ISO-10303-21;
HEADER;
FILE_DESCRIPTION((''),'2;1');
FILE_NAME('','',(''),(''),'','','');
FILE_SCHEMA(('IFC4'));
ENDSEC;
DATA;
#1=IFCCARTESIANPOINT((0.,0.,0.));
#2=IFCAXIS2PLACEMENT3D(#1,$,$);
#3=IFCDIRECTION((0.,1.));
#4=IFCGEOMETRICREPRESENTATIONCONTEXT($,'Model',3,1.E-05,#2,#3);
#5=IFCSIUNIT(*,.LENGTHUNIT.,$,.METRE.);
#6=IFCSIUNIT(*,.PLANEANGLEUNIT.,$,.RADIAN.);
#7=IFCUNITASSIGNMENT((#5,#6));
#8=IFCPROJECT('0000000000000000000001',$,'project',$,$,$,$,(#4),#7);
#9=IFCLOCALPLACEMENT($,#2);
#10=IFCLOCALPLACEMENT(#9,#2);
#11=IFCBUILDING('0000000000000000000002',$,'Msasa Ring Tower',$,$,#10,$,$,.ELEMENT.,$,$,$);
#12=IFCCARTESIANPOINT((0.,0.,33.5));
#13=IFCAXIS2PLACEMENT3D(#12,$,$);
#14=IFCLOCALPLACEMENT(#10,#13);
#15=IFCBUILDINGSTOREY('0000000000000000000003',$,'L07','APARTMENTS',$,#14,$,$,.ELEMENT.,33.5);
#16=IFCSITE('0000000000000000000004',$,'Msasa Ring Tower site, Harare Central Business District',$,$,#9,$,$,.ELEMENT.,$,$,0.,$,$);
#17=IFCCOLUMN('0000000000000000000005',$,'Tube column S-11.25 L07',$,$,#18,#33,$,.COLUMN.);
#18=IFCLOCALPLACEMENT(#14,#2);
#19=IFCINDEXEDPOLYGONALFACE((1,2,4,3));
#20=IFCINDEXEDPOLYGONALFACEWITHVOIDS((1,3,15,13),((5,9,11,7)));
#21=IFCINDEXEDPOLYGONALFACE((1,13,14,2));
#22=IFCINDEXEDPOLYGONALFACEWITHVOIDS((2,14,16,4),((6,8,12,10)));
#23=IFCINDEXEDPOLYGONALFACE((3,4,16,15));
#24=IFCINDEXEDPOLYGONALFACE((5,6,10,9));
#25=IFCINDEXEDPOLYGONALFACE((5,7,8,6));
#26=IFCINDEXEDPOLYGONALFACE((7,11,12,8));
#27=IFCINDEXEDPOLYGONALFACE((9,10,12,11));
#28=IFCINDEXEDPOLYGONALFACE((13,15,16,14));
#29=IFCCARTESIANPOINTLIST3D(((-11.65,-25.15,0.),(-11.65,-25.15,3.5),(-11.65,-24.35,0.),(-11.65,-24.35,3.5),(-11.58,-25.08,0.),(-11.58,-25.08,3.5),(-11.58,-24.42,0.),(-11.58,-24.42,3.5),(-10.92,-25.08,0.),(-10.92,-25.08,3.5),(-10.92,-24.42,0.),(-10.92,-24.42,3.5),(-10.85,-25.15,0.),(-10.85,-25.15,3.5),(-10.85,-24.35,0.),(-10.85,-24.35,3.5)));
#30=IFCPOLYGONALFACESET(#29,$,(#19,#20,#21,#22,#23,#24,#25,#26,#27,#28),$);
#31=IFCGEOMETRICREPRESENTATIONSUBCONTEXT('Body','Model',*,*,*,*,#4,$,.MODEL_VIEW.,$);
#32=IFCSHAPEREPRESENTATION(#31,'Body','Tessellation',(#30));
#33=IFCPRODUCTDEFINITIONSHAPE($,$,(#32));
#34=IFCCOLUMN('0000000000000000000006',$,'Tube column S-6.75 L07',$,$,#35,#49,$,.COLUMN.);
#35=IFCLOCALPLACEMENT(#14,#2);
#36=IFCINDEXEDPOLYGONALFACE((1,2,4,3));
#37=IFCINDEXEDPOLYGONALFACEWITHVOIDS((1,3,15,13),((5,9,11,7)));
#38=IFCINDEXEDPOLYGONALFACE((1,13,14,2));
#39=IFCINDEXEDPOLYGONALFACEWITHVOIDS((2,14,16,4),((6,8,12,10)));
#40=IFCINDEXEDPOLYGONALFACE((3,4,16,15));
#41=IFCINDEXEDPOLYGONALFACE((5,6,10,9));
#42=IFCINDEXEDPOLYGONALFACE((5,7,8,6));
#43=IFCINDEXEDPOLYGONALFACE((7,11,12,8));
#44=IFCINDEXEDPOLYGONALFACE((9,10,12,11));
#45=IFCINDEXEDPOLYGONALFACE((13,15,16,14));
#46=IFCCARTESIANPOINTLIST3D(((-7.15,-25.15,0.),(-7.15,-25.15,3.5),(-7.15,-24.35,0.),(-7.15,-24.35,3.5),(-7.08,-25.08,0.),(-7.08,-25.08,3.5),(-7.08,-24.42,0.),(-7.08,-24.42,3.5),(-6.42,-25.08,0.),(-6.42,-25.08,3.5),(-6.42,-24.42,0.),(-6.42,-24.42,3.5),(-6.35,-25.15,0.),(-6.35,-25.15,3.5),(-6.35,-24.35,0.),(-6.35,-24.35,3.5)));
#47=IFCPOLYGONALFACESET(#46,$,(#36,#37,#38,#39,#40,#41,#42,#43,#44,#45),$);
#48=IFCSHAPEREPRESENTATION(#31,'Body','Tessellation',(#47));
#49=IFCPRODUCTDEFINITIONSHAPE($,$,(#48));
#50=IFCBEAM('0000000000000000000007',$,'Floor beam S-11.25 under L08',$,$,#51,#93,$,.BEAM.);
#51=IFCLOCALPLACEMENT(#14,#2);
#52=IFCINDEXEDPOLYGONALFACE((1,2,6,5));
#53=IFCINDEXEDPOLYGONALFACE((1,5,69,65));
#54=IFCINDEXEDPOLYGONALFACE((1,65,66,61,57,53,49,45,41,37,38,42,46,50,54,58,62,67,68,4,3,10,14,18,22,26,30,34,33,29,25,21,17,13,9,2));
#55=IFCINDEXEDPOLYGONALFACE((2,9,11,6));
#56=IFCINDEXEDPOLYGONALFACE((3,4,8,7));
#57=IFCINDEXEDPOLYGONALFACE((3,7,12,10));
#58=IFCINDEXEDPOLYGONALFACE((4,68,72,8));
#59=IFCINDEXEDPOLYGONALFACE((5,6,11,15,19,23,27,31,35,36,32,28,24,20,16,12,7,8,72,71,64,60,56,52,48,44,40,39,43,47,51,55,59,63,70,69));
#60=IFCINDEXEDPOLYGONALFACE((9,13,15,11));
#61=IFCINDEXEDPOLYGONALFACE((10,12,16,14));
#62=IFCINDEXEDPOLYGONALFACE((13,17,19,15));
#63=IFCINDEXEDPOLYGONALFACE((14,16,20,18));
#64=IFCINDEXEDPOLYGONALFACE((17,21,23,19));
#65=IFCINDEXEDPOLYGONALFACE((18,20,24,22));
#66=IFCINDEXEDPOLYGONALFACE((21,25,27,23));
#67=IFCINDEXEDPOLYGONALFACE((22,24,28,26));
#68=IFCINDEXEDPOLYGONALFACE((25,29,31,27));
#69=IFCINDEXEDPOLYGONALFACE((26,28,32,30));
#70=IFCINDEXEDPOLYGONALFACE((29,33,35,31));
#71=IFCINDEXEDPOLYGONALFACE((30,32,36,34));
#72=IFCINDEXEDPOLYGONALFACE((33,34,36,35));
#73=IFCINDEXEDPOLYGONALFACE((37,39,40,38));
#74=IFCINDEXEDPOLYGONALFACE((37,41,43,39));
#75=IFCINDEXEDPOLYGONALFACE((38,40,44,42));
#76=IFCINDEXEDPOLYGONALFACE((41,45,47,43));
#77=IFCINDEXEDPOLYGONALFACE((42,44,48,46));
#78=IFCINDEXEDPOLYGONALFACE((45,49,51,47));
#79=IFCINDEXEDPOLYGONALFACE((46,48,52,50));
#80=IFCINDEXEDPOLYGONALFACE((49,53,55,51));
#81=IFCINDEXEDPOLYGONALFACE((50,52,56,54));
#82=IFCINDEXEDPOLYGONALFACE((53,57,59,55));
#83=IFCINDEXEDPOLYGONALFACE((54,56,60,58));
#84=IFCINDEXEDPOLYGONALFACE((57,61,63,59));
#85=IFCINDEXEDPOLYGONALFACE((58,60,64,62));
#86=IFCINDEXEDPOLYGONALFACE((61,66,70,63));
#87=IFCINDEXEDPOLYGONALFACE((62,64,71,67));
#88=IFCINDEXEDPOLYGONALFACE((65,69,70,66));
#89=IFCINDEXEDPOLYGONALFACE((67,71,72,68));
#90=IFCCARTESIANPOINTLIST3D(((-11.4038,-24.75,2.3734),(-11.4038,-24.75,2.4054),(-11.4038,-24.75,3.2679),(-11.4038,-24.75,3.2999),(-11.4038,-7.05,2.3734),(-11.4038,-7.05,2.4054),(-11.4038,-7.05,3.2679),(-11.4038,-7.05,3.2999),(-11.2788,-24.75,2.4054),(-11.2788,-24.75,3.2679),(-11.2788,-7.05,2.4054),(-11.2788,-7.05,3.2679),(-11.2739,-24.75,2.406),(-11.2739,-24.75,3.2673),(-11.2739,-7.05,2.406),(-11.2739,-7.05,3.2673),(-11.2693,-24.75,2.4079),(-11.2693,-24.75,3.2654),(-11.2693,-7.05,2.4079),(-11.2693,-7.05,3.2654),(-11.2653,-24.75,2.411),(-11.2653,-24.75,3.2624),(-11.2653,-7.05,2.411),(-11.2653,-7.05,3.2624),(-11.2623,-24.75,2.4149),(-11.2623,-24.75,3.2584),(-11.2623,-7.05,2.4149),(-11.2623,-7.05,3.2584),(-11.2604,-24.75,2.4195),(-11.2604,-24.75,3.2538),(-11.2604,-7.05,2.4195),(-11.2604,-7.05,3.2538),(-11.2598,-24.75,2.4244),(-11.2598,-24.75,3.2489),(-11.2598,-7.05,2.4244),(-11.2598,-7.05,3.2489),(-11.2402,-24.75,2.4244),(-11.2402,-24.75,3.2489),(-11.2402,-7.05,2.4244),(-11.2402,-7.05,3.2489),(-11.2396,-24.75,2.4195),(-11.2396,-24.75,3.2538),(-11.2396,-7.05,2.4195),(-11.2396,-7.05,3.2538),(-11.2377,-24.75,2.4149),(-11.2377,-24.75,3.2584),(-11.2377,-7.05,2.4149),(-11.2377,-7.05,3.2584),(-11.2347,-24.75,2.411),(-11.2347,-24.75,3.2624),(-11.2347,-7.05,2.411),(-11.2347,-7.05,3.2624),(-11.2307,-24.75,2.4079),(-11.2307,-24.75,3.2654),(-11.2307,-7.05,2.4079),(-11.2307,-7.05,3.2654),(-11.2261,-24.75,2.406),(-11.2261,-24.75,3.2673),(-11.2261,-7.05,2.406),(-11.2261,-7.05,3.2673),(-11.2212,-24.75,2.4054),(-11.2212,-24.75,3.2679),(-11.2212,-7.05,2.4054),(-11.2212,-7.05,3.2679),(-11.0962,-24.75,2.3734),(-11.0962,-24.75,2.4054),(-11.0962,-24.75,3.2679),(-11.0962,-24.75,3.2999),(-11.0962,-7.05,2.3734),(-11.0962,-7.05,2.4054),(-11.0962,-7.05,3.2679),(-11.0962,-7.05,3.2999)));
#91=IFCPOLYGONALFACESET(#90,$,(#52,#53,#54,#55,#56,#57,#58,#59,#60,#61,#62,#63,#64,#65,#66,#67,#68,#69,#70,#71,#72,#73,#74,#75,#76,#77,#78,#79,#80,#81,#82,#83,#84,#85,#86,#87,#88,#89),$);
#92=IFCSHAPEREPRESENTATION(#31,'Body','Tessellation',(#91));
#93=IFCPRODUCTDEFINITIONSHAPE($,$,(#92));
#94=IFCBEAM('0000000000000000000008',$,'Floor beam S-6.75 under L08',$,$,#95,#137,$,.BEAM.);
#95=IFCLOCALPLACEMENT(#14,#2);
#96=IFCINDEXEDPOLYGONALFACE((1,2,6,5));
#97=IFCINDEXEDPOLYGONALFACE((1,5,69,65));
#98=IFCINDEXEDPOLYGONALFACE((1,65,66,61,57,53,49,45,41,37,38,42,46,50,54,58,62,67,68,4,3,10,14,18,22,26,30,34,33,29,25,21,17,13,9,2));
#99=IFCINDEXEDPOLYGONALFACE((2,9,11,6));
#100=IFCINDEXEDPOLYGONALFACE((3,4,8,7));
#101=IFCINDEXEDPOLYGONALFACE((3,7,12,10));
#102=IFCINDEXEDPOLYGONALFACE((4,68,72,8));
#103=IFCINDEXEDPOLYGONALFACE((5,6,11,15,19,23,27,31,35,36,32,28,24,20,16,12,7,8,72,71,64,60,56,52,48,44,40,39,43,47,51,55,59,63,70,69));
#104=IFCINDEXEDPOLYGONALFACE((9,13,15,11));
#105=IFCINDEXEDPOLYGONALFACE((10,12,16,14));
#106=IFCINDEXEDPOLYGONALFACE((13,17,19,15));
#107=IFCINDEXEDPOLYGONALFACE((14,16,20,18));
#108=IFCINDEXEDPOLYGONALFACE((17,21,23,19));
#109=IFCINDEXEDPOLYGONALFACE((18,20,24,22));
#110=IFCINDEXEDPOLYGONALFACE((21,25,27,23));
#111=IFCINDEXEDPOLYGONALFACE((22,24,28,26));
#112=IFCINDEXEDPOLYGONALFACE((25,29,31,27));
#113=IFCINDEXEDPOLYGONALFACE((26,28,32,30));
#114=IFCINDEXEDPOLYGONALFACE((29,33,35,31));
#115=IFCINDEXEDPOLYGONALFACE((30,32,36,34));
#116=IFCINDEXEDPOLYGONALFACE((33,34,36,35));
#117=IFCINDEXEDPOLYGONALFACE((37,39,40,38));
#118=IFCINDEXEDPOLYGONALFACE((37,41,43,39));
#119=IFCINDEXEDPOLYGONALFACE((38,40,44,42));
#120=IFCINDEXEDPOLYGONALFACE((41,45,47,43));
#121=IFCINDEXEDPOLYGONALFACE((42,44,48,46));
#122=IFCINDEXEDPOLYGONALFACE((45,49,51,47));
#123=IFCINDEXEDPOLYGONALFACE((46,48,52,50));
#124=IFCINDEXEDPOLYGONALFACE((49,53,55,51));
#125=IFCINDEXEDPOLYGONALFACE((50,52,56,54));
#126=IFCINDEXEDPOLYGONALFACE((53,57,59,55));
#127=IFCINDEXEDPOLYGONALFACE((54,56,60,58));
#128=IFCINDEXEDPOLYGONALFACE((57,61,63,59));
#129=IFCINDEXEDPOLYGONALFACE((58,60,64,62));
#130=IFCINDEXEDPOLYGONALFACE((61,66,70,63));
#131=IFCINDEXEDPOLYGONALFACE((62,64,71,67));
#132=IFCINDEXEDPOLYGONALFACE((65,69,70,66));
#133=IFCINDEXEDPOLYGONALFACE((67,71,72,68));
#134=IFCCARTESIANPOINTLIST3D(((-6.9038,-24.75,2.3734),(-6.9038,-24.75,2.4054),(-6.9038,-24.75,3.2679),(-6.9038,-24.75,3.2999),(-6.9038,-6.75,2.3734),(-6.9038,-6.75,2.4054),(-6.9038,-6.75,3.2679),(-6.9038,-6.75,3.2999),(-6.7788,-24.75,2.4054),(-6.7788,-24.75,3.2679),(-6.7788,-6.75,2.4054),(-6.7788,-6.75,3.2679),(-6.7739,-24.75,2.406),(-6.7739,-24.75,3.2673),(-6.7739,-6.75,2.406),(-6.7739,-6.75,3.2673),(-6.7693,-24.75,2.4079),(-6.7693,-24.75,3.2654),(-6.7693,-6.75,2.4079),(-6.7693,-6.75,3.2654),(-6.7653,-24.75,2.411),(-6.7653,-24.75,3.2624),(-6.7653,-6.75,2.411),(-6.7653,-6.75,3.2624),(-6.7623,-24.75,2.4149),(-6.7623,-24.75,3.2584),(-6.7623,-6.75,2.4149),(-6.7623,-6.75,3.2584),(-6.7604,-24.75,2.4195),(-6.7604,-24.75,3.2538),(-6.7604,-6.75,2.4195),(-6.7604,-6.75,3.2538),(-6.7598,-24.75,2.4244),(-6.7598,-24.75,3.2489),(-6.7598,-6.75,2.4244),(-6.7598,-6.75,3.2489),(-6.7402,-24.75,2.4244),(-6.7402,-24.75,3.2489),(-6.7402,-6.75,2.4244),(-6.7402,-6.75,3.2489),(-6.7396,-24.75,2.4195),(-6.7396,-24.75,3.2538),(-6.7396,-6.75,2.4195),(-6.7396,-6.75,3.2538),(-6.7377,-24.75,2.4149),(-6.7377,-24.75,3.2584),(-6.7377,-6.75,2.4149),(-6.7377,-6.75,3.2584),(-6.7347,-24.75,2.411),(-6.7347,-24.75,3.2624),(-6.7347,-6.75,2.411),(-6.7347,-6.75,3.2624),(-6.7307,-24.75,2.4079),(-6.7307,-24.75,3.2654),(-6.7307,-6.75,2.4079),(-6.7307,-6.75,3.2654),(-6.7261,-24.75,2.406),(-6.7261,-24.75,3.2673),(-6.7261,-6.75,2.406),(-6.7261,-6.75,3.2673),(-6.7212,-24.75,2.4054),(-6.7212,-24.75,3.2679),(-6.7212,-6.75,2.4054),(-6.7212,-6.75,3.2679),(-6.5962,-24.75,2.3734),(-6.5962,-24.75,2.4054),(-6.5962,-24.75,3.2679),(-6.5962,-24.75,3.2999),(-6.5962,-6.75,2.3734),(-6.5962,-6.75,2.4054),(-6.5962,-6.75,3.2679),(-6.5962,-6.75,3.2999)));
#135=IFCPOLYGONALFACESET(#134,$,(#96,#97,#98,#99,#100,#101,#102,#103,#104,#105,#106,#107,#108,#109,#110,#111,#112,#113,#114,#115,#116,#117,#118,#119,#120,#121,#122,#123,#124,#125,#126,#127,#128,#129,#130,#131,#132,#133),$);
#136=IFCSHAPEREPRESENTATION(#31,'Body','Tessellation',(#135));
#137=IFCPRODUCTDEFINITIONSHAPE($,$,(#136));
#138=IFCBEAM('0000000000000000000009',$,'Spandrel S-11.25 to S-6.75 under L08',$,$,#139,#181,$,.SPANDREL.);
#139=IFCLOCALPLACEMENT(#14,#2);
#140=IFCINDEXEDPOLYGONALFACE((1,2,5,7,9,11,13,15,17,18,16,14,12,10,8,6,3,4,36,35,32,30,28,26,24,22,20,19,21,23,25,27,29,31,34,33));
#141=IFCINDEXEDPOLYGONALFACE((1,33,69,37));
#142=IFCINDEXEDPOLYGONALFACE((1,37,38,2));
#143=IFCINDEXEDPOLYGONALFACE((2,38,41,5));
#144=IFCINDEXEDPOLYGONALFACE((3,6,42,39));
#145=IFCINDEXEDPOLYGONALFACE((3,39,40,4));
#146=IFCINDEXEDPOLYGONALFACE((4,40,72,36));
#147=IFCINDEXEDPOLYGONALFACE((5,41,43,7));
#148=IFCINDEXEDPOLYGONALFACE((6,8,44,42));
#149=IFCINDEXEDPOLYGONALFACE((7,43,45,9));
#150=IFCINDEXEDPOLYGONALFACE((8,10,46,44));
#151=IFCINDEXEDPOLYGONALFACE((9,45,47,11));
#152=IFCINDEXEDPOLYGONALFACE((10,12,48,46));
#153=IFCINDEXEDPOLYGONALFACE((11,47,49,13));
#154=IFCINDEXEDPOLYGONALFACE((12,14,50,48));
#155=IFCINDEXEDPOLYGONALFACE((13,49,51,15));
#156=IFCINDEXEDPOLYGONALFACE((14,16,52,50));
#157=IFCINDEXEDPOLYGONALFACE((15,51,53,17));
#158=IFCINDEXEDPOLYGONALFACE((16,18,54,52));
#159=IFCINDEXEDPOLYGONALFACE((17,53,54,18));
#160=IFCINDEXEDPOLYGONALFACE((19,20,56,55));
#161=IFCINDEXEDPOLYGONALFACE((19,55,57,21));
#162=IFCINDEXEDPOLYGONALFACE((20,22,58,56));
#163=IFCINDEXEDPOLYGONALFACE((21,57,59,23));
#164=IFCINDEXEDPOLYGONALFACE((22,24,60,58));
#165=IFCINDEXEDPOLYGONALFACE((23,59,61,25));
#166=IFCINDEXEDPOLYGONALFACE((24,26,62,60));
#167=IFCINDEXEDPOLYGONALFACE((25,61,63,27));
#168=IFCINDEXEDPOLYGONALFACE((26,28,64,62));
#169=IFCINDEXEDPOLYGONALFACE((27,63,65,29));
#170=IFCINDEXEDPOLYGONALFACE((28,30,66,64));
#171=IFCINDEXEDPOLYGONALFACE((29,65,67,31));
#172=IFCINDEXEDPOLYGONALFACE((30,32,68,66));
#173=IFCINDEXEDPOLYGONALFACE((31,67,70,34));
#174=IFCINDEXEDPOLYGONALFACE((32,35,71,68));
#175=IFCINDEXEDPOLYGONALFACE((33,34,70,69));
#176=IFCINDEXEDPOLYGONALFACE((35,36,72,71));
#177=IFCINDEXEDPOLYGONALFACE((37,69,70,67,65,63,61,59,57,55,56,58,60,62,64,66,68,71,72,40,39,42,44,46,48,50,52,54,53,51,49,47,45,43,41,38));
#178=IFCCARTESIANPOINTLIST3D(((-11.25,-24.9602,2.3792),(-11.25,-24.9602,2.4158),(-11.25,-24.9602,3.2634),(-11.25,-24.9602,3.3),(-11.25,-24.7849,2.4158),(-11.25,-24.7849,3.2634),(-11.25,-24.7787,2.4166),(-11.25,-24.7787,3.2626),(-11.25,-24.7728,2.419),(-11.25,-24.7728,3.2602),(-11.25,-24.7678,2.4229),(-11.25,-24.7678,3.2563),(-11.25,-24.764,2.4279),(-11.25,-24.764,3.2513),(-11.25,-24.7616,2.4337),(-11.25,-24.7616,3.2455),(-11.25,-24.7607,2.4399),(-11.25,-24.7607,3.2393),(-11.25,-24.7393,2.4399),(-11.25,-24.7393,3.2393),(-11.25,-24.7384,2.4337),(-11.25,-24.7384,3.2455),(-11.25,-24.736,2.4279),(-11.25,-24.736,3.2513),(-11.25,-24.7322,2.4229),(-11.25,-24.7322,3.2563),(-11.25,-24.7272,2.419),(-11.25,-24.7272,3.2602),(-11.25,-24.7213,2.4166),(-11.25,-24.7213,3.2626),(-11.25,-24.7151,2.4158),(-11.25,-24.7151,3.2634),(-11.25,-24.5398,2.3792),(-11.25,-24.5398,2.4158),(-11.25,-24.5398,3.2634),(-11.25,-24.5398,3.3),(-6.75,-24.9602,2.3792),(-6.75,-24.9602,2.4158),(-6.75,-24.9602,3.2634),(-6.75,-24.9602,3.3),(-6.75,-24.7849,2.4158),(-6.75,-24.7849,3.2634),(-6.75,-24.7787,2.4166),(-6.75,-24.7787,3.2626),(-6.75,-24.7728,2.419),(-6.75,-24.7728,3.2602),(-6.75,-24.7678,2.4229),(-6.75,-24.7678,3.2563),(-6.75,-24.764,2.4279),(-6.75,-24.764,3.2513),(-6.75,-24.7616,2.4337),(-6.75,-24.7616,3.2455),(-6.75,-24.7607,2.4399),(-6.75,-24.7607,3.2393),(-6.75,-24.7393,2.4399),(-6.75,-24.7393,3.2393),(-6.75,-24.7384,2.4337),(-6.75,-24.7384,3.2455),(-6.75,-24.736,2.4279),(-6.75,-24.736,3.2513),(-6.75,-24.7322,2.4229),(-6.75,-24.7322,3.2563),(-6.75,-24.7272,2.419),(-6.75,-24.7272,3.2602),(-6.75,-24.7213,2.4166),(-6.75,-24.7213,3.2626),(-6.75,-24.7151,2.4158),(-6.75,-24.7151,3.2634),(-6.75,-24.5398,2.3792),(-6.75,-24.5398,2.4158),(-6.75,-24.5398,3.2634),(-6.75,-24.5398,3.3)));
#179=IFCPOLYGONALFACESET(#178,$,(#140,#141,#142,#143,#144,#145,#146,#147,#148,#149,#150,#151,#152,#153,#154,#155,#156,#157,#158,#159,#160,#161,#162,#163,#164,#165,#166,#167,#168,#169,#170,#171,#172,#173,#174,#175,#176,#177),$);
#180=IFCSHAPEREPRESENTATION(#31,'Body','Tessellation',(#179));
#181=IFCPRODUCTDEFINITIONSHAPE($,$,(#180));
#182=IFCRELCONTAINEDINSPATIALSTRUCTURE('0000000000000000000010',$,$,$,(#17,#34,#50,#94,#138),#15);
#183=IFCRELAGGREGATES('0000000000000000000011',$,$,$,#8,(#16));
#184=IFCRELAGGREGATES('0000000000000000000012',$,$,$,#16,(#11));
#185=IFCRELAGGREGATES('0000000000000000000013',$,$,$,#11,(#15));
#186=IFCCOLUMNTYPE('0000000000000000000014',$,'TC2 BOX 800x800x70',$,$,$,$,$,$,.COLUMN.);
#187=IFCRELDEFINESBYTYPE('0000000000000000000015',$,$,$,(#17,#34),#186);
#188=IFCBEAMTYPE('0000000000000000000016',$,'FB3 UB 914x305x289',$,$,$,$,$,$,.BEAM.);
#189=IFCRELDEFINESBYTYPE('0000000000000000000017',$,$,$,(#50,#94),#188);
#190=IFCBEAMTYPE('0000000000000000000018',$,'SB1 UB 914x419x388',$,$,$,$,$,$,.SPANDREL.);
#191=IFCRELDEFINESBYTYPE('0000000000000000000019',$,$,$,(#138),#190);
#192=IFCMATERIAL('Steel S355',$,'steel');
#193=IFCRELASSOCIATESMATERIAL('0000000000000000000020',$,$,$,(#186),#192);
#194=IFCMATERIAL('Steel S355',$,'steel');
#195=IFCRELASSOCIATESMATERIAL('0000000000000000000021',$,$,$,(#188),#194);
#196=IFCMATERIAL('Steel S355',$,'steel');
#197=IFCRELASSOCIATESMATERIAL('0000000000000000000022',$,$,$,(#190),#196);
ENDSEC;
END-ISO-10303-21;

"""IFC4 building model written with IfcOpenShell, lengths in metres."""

from ifc_helpers import new_model, si_unit, direction, frame, origin, origin_2d, place, context, subcontext, project, spatial, hollow_rectangle, i_section, extrude, material, material_profile, profile_set, type_object, element, save


model = new_model("IFC4")

# Units and contexts
model_context = context("Model", 3, precision=1e-05, world=origin(), true_north=direction((0.0, 1.0)))
body_context = subcontext(model_context, "Body", "Model", "MODEL_VIEW")
ifc_project = project(units=[si_unit("LENGTHUNIT", "METRE"), si_unit("PLANEANGLEUNIT", "RADIAN")], contexts=[model_context])

# Site, building, storey
site_placement = place(None, origin())
site = spatial("IfcSite", under=ifc_project, at=site_placement, Name="Msasa Ring Tower site, Harare Central Business District", CompositionType="ELEMENT", RefElevation=0.0)
building_placement = place(site_placement, origin())
building = spatial("IfcBuilding", under=site, at=building_placement, Name="Msasa Ring Tower", CompositionType="ELEMENT")
storey_placement = place(building_placement, frame((0.0, 0.0, 33.5)))
storey = spatial("IfcBuildingStorey", under=building, at=storey_placement, Name="L07", Description="APARTMENTS", CompositionType="ELEMENT", Elevation=33.5)

# Columns
ifc_material_1 = material(Name="Steel S355", Category="steel")
ifc_material_profile_1 = material_profile(ifc_material_1, hollow_rectangle(XDim=0.8, YDim=0.8, WallThickness=0.0701, at=origin_2d()), Name="BOX 800x800x70")
ifc_profile_set_1 = profile_set([ifc_material_profile_1], Name="Steel S355")
column_type = type_object("IfcColumnType", Name="TC2 BOX 800x800x70", PredefinedType="COLUMN", material=ifc_profile_set_1)
for number, where, z_axis, x_axis, name in (
    (1, (-11.25, -24.75, 0.0), (0.0, 0.0, 1.0), (0.0, 1.0, 0.0), "Tube column S-11.25 L07"),
    (2, (-6.75, -24.75, 0.0), (0.0, 0.0, 1.0), (0.0, 1.0, 0.0), "Tube column S-6.75 L07"),
):
    element("IfcColumn", number, at=place(storey_placement, frame(where, z_axis=z_axis, x_axis=x_axis)), inside=storey, type_object=column_type, Name=name, PredefinedType="COLUMN", context=body_context, shape_type="SweptSolid", body=[
        extrude(hollow_rectangle(XDim=0.8, YDim=0.8, WallThickness=0.0701, at=origin_2d()), origin(), (0.0, 0.0, 1.0), 3.5),
    ])

# Beams
ifc_material_2 = material(Name="Steel S355", Category="steel")
ifc_material_profile_2 = material_profile(ifc_material_2, i_section(OverallWidth=0.3076, OverallDepth=0.9265, WebThickness=0.0195, FlangeThickness=0.032, FilletRadius=0.019, at=origin_2d()), Name="UB 914x305x289")
ifc_profile_set_2 = profile_set([ifc_material_profile_2], Name="Steel S355")
beam_type_1 = type_object("IfcBeamType", Name="FB3 UB 914x305x289", PredefinedType="BEAM", material=ifc_profile_set_2)
beam_1_placement = place(storey_placement, frame((-11.25, -24.75, 2.8367), z_axis=(0.0, 1.0, 0.0), x_axis=(-1.0, 0.0, 0.0)))
element("IfcBeam", 3, at=beam_1_placement, inside=storey, type_object=beam_type_1, Name="Floor beam S-11.25 under L08", PredefinedType="BEAM", context=body_context, shape_type="SweptSolid", body=[
    extrude(i_section(OverallWidth=0.3076, OverallDepth=0.9265, WebThickness=0.0195, FlangeThickness=0.032, FilletRadius=0.019, at=origin_2d()), origin(), (0.0, 0.0, 1.0), 17.7),
])
beam_2_placement = place(storey_placement, frame((-6.75, -24.75, 2.8367), z_axis=(0.0, 1.0, 0.0), x_axis=(-1.0, 0.0, 0.0)))
element("IfcBeam", 4, at=beam_2_placement, inside=storey, type_object=beam_type_1, Name="Floor beam S-6.75 under L08", PredefinedType="BEAM", context=body_context, shape_type="SweptSolid", body=[
    extrude(i_section(OverallWidth=0.3076, OverallDepth=0.9265, WebThickness=0.0195, FlangeThickness=0.032, FilletRadius=0.019, at=origin_2d()), origin(), (0.0, 0.0, 1.0), 18.0),
])
ifc_material_3 = material(Name="Steel S355", Category="steel")
ifc_material_profile_3 = material_profile(ifc_material_3, i_section(OverallWidth=0.4204, OverallDepth=0.9209, WebThickness=0.0215, FlangeThickness=0.0366, FilletRadius=0.0242, at=origin_2d()), Name="UB 914x419x388")
ifc_profile_set_3 = profile_set([ifc_material_profile_3], Name="Steel S355")
beam_type_2 = type_object("IfcBeamType", Name="SB1 UB 914x419x388", PredefinedType="SPANDREL", material=ifc_profile_set_3)
for number, where, z_axis, x_axis, name in (
    (5, (-11.25, -24.75, 2.8396), (1.0, 0.0, 0.0), (0.0, 1.0, 0.0), "Spandrel S-11.25 to S-6.75 under L08"),
):
    element("IfcBeam", number, at=place(storey_placement, frame(where, z_axis=z_axis, x_axis=x_axis)), inside=storey, type_object=beam_type_2, Name=name, PredefinedType="SPANDREL", context=body_context, shape_type="SweptSolid", body=[
        extrude(i_section(OverallWidth=0.4204, OverallDepth=0.9209, WebThickness=0.0215, FlangeThickness=0.0366, FilletRadius=0.0242, at=origin_2d()), origin(), (0.0, 0.0, 1.0), 4.5),
    ])

save(model, "model.ifc")
